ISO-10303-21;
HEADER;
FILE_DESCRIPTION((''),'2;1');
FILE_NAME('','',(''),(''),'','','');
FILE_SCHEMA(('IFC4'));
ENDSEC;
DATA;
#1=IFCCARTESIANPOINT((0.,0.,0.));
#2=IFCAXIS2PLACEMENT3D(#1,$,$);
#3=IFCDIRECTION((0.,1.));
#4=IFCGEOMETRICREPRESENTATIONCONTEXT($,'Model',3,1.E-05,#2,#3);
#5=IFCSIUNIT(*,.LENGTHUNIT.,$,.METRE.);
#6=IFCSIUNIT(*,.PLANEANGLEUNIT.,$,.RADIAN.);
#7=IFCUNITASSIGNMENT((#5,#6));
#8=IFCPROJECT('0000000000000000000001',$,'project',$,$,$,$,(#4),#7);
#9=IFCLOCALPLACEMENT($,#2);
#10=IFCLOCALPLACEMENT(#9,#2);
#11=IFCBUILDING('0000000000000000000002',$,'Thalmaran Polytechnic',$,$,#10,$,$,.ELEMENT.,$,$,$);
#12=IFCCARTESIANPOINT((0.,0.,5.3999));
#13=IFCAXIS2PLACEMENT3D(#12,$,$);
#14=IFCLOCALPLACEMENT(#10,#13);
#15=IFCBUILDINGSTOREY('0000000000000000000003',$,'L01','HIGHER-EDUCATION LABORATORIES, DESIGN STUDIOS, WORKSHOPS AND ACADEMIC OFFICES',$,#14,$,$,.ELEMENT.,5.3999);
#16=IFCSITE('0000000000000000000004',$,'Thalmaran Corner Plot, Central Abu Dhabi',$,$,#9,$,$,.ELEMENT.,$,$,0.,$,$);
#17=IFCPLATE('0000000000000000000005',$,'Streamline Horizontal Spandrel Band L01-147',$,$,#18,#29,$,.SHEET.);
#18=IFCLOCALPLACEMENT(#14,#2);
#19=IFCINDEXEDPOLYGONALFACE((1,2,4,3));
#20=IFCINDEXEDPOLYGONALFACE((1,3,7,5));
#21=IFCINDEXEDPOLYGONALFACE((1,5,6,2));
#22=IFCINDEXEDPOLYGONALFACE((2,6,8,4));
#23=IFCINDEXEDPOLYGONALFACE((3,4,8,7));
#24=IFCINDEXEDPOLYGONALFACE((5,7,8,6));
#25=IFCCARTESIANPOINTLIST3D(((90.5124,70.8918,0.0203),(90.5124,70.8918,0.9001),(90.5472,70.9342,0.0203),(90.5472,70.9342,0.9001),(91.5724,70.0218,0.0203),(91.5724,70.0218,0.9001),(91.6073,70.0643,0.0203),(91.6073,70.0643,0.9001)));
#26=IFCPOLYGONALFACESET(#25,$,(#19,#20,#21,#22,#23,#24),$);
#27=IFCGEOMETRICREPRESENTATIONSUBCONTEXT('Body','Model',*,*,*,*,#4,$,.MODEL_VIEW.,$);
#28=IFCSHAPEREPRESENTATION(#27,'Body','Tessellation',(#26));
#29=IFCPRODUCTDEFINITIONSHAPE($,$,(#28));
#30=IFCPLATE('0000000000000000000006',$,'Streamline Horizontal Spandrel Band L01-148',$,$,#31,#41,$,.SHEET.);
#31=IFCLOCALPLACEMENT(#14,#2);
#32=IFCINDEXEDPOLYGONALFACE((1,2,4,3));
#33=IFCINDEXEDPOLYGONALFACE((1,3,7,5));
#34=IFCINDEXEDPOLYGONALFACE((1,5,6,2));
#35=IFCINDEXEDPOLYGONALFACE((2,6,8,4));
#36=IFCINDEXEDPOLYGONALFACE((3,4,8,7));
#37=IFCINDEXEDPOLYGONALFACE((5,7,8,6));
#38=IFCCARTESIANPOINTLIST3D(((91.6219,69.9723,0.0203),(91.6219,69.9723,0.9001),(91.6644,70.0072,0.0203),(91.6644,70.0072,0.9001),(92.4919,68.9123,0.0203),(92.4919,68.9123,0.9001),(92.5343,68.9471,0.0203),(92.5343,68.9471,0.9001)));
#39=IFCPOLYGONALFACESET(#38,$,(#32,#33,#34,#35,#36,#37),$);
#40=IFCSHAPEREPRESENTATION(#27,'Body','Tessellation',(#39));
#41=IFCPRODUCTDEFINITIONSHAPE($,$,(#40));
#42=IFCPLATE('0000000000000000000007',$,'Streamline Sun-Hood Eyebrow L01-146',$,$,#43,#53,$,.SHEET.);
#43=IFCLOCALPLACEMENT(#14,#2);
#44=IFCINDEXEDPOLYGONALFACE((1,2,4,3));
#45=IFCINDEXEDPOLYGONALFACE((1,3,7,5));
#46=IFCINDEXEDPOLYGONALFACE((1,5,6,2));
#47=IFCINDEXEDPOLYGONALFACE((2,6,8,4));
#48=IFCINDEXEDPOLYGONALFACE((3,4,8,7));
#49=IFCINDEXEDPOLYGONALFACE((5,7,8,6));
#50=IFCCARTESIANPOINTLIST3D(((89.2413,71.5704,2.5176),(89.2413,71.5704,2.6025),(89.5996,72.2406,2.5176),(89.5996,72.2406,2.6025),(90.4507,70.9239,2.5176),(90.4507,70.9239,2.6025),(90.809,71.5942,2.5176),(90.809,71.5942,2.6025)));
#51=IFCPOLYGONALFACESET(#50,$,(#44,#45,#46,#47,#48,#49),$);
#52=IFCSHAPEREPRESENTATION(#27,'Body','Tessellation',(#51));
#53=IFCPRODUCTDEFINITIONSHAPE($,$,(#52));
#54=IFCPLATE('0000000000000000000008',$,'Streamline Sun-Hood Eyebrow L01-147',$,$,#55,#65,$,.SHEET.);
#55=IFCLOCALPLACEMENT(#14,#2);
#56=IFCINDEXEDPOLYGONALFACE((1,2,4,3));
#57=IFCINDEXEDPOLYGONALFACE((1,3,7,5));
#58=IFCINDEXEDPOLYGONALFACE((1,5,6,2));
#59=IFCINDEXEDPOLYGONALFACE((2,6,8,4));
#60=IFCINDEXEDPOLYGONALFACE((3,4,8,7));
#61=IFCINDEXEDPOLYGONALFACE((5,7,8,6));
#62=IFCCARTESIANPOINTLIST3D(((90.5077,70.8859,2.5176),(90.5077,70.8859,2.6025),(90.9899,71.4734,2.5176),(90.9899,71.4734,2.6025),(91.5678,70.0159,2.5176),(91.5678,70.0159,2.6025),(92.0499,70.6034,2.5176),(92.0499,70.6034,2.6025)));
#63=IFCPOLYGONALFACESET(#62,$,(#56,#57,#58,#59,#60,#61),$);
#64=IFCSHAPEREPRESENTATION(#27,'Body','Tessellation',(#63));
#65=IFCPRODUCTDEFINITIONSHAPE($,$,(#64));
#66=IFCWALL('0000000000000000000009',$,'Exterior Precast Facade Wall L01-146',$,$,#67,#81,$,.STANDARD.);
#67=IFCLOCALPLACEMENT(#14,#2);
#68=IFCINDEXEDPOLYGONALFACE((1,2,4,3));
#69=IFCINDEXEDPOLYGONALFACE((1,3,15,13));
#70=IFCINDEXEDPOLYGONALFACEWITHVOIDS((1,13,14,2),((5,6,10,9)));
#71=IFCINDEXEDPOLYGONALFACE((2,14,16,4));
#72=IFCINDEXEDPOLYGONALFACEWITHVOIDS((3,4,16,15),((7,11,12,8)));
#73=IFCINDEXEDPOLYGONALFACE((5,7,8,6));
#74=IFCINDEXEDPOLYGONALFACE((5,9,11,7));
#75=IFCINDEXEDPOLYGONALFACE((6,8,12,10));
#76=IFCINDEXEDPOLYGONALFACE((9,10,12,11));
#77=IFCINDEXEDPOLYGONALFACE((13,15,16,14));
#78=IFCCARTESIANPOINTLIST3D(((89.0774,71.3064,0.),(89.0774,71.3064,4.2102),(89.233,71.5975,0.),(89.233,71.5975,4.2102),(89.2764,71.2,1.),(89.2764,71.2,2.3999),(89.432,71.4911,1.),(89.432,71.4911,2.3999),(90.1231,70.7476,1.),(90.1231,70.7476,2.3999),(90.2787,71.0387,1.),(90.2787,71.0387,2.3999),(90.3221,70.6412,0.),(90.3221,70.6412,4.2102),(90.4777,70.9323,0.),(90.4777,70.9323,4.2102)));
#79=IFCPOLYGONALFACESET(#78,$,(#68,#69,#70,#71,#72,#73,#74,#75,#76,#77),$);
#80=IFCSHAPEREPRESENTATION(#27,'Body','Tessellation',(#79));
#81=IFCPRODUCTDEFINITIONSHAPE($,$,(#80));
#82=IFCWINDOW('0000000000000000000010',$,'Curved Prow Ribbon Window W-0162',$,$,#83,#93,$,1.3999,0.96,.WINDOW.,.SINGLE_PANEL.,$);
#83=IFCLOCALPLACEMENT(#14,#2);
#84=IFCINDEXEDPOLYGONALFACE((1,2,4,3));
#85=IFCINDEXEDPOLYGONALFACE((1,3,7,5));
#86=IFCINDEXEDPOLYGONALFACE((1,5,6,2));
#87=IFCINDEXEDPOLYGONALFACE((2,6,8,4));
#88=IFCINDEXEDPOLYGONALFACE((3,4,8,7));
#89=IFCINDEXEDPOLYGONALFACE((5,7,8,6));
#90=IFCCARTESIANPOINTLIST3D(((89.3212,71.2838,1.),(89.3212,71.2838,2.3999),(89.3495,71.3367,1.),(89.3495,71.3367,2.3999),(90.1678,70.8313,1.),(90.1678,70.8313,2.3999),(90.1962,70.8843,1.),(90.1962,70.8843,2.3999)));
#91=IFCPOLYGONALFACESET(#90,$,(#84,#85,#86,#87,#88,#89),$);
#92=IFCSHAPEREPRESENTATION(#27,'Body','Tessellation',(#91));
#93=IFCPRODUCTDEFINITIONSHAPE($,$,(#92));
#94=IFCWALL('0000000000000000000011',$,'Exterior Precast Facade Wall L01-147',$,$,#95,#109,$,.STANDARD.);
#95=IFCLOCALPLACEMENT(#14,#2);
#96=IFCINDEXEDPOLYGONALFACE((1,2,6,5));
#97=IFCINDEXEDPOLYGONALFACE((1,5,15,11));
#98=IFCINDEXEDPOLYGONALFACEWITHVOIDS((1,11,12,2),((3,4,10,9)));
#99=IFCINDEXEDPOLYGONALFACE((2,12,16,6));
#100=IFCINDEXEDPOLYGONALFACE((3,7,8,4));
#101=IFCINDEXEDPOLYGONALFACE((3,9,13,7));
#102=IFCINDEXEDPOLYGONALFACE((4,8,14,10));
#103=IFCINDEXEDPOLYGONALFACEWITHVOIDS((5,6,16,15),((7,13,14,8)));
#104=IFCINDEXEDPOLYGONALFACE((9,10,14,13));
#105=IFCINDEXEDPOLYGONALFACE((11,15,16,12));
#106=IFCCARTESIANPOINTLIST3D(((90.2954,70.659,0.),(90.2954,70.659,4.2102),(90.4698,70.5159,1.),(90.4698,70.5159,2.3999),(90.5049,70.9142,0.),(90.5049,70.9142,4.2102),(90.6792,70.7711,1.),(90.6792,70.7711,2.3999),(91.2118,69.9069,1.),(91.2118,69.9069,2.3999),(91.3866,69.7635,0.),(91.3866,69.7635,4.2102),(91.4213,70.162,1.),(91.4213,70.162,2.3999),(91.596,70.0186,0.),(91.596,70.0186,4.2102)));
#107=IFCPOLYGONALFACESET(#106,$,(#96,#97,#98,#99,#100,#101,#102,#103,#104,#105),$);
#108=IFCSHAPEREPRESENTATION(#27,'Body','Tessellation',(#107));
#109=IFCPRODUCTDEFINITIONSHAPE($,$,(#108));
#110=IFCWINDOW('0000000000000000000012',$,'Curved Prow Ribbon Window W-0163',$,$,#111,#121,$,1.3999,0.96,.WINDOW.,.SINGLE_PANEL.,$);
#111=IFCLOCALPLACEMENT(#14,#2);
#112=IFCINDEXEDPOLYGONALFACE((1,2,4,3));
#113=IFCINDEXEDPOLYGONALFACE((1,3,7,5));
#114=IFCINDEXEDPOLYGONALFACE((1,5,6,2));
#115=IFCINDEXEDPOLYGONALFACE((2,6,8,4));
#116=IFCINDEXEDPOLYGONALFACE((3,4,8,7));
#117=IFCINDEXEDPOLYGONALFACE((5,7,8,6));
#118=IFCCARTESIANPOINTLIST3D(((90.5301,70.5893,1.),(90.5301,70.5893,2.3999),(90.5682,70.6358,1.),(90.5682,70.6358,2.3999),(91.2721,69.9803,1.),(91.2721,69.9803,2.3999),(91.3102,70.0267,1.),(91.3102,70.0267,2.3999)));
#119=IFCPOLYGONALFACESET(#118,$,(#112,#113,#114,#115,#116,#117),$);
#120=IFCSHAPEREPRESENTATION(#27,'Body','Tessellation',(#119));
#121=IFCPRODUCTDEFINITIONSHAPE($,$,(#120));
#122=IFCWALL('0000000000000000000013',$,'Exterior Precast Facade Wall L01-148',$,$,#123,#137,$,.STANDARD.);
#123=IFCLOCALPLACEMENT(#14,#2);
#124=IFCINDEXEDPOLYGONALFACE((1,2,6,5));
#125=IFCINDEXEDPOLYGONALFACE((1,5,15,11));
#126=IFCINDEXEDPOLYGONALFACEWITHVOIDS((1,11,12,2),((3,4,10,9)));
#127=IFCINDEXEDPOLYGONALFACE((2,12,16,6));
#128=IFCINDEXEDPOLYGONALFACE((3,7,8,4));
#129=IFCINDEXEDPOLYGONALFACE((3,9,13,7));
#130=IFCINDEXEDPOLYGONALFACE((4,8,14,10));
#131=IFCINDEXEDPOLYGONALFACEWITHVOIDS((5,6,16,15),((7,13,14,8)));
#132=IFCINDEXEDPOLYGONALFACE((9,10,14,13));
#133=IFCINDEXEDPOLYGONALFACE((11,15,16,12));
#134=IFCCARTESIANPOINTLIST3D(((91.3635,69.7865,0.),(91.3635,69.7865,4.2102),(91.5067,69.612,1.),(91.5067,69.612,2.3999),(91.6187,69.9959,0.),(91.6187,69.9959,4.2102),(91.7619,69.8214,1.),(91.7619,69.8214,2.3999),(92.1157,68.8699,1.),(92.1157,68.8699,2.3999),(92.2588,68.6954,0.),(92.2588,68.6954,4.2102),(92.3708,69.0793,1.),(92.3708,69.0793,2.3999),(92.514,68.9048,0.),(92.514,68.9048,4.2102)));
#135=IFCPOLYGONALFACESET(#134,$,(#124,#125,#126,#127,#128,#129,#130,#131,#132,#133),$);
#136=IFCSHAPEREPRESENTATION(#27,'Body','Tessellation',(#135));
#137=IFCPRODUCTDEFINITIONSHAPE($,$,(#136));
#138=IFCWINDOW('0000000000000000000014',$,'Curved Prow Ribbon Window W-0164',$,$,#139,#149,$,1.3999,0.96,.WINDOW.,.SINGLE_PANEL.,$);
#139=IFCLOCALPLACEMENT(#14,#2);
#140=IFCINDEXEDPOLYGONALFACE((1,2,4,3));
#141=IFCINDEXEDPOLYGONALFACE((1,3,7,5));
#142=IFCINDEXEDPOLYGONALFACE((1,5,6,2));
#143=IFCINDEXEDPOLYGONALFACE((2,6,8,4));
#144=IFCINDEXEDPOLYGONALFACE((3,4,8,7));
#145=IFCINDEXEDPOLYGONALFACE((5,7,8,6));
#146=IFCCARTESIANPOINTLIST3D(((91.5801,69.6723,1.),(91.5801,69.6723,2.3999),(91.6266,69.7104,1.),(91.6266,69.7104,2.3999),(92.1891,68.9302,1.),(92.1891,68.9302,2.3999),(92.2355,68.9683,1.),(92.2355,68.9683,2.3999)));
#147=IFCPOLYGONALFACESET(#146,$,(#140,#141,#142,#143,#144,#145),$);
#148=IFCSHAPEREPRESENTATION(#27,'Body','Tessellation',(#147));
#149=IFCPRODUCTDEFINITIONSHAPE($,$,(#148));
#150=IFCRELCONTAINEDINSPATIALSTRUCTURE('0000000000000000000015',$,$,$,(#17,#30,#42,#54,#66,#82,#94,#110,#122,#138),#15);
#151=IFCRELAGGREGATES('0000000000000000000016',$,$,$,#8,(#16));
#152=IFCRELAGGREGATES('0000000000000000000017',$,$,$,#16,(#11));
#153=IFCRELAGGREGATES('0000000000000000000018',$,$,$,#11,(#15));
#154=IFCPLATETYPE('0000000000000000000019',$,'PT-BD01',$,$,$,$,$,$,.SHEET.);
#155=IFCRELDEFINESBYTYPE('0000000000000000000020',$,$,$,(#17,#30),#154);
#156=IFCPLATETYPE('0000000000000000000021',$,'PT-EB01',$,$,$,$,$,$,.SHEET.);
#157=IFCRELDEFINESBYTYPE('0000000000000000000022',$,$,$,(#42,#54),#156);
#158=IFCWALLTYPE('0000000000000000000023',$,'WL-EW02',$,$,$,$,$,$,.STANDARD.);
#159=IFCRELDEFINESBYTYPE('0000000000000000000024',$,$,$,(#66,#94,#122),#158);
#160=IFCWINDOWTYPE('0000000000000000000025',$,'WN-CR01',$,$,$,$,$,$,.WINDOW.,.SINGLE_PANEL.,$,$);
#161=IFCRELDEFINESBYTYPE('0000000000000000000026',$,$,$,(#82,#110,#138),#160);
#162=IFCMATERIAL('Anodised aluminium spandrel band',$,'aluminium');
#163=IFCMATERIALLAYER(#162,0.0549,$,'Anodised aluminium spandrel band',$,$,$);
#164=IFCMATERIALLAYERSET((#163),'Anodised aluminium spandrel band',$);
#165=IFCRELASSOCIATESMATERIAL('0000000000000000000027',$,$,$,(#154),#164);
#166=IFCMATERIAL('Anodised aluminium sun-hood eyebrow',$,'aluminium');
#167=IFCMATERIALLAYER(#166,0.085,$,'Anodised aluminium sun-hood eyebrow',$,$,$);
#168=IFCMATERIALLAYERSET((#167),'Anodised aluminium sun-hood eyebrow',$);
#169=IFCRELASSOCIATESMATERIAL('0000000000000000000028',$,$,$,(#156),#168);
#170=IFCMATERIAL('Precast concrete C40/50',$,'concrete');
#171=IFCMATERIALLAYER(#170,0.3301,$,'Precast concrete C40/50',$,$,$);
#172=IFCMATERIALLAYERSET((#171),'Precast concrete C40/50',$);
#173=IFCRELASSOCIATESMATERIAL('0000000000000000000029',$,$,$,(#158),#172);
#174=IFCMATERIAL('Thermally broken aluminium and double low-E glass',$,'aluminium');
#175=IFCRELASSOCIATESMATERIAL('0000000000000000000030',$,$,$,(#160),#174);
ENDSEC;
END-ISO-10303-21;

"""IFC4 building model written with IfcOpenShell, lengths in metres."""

from ifc_helpers import new_model, si_unit, direction, frame, frame_2d, origin, origin_2d, place, context, subcontext, project, spatial, rectangle, extrude, material, layer, layer_set, type_object, element, fill, save


model = new_model("IFC4")

# Units and contexts
model_context = context("Model", 3, precision=1e-05, world=origin(), true_north=direction((0.0, 1.0)))
body_context = subcontext(model_context, "Body", "Model", "MODEL_VIEW")
ifc_project = project(units=[si_unit("LENGTHUNIT", "METRE"), si_unit("PLANEANGLEUNIT", "RADIAN")], contexts=[model_context])

# Site, building, storey
site_placement = place(None, origin())
site = spatial("IfcSite", under=ifc_project, at=site_placement, Name="Thalmaran Corner Plot, Central Abu Dhabi", CompositionType="ELEMENT", RefElevation=0.0)
building_placement = place(site_placement, origin())
building = spatial("IfcBuilding", under=site, at=building_placement, Name="Thalmaran Polytechnic", CompositionType="ELEMENT")
storey_placement = place(building_placement, frame((0.0, 0.0, 5.3999)))
storey = spatial("IfcBuildingStorey", under=building, at=storey_placement, Name="L01", Description="HIGHER-EDUCATION LABORATORIES, DESIGN STUDIOS, WORKSHOPS AND ACADEMIC OFFICES", CompositionType="ELEMENT", Elevation=5.3999)

# Plates
ifc_material_1 = material(Name="Anodised aluminium spandrel band", Category="aluminium")
ifc_layer_1 = layer(ifc_material_1, 0.0549, Name="Anodised aluminium spandrel band")
ifc_layer_set_1 = layer_set([ifc_layer_1], Name="Anodised aluminium spandrel band")
plate_type_1 = type_object("IfcPlateType", Name="PT-BD01", PredefinedType="SHEET", material=ifc_layer_set_1)
for number, where, z_axis, x_axis, name in (
    (1, (91.0598, 70.478, 0.0203), (0.0, 0.0, 1.0), (0.77301, -0.634393, 0.0), "Streamline Horizontal Spandrel Band L01-147"),
    (2, (92.0781, 69.4597, 0.0203), (0.0, 0.0, 1.0), (0.634393, -0.77301, 0.0), "Streamline Horizontal Spandrel Band L01-148"),
):
    element("IfcPlate", number, at=place(storey_placement, frame(where, z_axis=z_axis, x_axis=x_axis)), inside=storey, type_object=plate_type_1, Name=name, PredefinedType="SHEET", context=body_context, shape_type="SweptSolid", body=[
        extrude(rectangle(XDim=1.3713, YDim=0.0549, at=origin_2d()), origin(), (0.0, 0.0, 1.0), 0.8799),
    ])
ifc_material_2 = material(Name="Anodised aluminium sun-hood eyebrow", Category="aluminium")
ifc_layer_2 = layer(ifc_material_2, 0.085, Name="Anodised aluminium sun-hood eyebrow")
ifc_layer_set_2 = layer_set([ifc_layer_2], Name="Anodised aluminium sun-hood eyebrow")
plate_type_2 = type_object("IfcPlateType", Name="PT-EB01", PredefinedType="SHEET", material=ifc_layer_set_2)
for number, where, z_axis, x_axis, name in (
    (3, (90.0251, 71.5823, 2.5176), (0.0, 0.0, 1.0), (0.881921, -0.471397, 0.0), "Streamline Sun-Hood Eyebrow L01-146"),
    (4, (91.2788, 70.7446, 2.5176), (0.0, 0.0, 1.0), (0.77301, -0.634393, 0.0), "Streamline Sun-Hood Eyebrow L01-147"),
):
    element("IfcPlate", number, at=place(storey_placement, frame(where, z_axis=z_axis, x_axis=x_axis)), inside=storey, type_object=plate_type_2, Name=name, PredefinedType="SHEET", context=body_context, shape_type="SweptSolid", body=[
        extrude(rectangle(XDim=1.3713, YDim=0.76, at=origin_2d()), origin(), (0.0, 0.0, 1.0), 0.085),
    ])

# Walls, openings, windows
ifc_material_3 = material(Name="Precast concrete C40/50", Category="concrete")
ifc_layer_3 = layer(ifc_material_3, 0.3301, Name="Precast concrete C40/50")
ifc_layer_set_3 = layer_set([ifc_layer_3], Name="Precast concrete C40/50")
wall_type = type_object("IfcWallType", Name="WL-EW02", PredefinedType="STANDARD", material=ifc_layer_set_3)
wall_1_placement = place(storey_placement, frame((89.1553, 71.4519, 0.0), z_axis=(0.0, 0.0, 1.0), x_axis=(0.881955, -0.471333, 0.0)))
wall_1 = element("IfcWall", 5, at=wall_1_placement, inside=storey, type_object=wall_type, Name="Exterior Precast Facade Wall L01-146", PredefinedType="STANDARD", context=body_context, shape_type="SweptSolid", body=[
    extrude(rectangle(XDim=1.4114, YDim=0.3301, at=frame_2d((0.7056, 0.0))), origin(), (0.0, 0.0, 1.0), 4.2102),
])
opening_1_placement = place(wall_1_placement, frame((0.2256, 0.0, 1.0)))
opening_1 = element("IfcOpeningElement", 6, at=opening_1_placement, cuts=wall_1, PredefinedType="OPENING", context=body_context, shape_type="SweptSolid", body=[
    extrude(rectangle(XDim=0.96, YDim=1.3999, at=frame_2d((0.48, 0.7))), frame((0.0, 0.175, 0.0), z_axis=(0.0, -1.0, 0.0), x_axis=(1.0, 0.0, 0.0)), (0.0, 0.0, 1.0), 0.3501),
])
ifc_material_4 = material(Name="Thermally broken aluminium and double low-E glass", Category="aluminium")
window_type = type_object("IfcWindowType", Name="WN-CR01", PartitioningType="SINGLE_PANEL", PredefinedType="WINDOW", material=ifc_material_4)
window_1_placement = place(opening_1_placement, origin())
window_1 = element("IfcWindow", 7, at=window_1_placement, inside=storey, type_object=window_type, Name="Curved Prow Ribbon Window W-0162", OverallHeight=1.3999, OverallWidth=0.96, PartitioningType="SINGLE_PANEL", PredefinedType="WINDOW", context=body_context, shape_type="SweptSolid", body=[
    extrude(rectangle(XDim=0.96, YDim=1.3999, at=frame_2d((0.48, 0.7))), frame((0.0, -0.01, 0.0), z_axis=(0.0, -1.0, 0.0), x_axis=(1.0, 0.0, 0.0)), (0.0, 0.0, 1.0), 0.0601),
])
fill(opening_1, window_1)
wall_2_placement = place(storey_placement, frame((90.4001, 70.7866, 0.0), z_axis=(0.0, 0.0, 1.0), x_axis=(0.772978, -0.634433, 0.0)))
wall_2 = element("IfcWall", 8, at=wall_2_placement, inside=storey, type_object=wall_type, Name="Exterior Precast Facade Wall L01-147", PredefinedType="STANDARD", context=body_context, shape_type="SweptSolid", body=[
    extrude(rectangle(XDim=1.4116, YDim=0.3301, at=frame_2d((0.7058, 0.0))), origin(), (0.0, 0.0, 1.0), 4.2102),
])
opening_2_placement = place(wall_2_placement, frame((0.2256, 0.0, 1.0)))
opening_2 = element("IfcOpeningElement", 9, at=opening_2_placement, cuts=wall_2, PredefinedType="OPENING", context=body_context, shape_type="SweptSolid", body=[
    extrude(rectangle(XDim=0.96, YDim=1.3999, at=frame_2d((0.48, 0.7))), frame((0.0, 0.175, 0.0), z_axis=(0.0, -1.0, 0.0), x_axis=(1.0, 0.0, 0.0)), (0.0, 0.0, 1.0), 0.3501),
])
window_2_placement = place(opening_2_placement, origin())
window_2 = element("IfcWindow", 10, at=window_2_placement, inside=storey, type_object=window_type, Name="Curved Prow Ribbon Window W-0163", OverallHeight=1.3999, OverallWidth=0.96, PartitioningType="SINGLE_PANEL", PredefinedType="WINDOW", context=body_context, shape_type="SweptSolid", body=[
    extrude(rectangle(XDim=0.96, YDim=1.3999, at=frame_2d((0.48, 0.7))), frame((0.0, -0.01, 0.0), z_axis=(0.0, -1.0, 0.0), x_axis=(1.0, 0.0, 0.0)), (0.0, 0.0, 1.0), 0.0601),
])
fill(opening_2, window_2)
wall_3_placement = place(storey_placement, frame((91.4912, 69.8911, 0.0), z_axis=(0.0, 0.0, 1.0), x_axis=(0.63433, -0.773062, 0.0)))
wall_3 = element("IfcWall", 11, at=wall_3_placement, inside=storey, type_object=wall_type, Name="Exterior Precast Facade Wall L01-148", PredefinedType="STANDARD", context=body_context, shape_type="SweptSolid", body=[
    extrude(rectangle(XDim=1.4114, YDim=0.3301, at=frame_2d((0.7056, 0.0))), origin(), (0.0, 0.0, 1.0), 4.2102),
])
opening_3_placement = place(wall_3_placement, frame((0.2256, 0.0, 1.0)))
opening_3 = element("IfcOpeningElement", 12, at=opening_3_placement, cuts=wall_3, PredefinedType="OPENING", context=body_context, shape_type="SweptSolid", body=[
    extrude(rectangle(XDim=0.96, YDim=1.3999, at=frame_2d((0.48, 0.7))), frame((0.0, 0.175, 0.0), z_axis=(0.0, -1.0, 0.0), x_axis=(1.0, 0.0, 0.0)), (0.0, 0.0, 1.0), 0.3501),
])
window_3_placement = place(opening_3_placement, origin())
window_3 = element("IfcWindow", 13, at=window_3_placement, inside=storey, type_object=window_type, Name="Curved Prow Ribbon Window W-0164", OverallHeight=1.3999, OverallWidth=0.96, PartitioningType="SINGLE_PANEL", PredefinedType="WINDOW", context=body_context, shape_type="SweptSolid", body=[
    extrude(rectangle(XDim=0.96, YDim=1.3999, at=frame_2d((0.48, 0.7))), frame((0.0, -0.01, 0.0), z_axis=(0.0, -1.0, 0.0), x_axis=(1.0, 0.0, 0.0)), (0.0, 0.0, 1.0), 0.0601),
])
fill(opening_3, window_3)

save(model, "model.ifc")
